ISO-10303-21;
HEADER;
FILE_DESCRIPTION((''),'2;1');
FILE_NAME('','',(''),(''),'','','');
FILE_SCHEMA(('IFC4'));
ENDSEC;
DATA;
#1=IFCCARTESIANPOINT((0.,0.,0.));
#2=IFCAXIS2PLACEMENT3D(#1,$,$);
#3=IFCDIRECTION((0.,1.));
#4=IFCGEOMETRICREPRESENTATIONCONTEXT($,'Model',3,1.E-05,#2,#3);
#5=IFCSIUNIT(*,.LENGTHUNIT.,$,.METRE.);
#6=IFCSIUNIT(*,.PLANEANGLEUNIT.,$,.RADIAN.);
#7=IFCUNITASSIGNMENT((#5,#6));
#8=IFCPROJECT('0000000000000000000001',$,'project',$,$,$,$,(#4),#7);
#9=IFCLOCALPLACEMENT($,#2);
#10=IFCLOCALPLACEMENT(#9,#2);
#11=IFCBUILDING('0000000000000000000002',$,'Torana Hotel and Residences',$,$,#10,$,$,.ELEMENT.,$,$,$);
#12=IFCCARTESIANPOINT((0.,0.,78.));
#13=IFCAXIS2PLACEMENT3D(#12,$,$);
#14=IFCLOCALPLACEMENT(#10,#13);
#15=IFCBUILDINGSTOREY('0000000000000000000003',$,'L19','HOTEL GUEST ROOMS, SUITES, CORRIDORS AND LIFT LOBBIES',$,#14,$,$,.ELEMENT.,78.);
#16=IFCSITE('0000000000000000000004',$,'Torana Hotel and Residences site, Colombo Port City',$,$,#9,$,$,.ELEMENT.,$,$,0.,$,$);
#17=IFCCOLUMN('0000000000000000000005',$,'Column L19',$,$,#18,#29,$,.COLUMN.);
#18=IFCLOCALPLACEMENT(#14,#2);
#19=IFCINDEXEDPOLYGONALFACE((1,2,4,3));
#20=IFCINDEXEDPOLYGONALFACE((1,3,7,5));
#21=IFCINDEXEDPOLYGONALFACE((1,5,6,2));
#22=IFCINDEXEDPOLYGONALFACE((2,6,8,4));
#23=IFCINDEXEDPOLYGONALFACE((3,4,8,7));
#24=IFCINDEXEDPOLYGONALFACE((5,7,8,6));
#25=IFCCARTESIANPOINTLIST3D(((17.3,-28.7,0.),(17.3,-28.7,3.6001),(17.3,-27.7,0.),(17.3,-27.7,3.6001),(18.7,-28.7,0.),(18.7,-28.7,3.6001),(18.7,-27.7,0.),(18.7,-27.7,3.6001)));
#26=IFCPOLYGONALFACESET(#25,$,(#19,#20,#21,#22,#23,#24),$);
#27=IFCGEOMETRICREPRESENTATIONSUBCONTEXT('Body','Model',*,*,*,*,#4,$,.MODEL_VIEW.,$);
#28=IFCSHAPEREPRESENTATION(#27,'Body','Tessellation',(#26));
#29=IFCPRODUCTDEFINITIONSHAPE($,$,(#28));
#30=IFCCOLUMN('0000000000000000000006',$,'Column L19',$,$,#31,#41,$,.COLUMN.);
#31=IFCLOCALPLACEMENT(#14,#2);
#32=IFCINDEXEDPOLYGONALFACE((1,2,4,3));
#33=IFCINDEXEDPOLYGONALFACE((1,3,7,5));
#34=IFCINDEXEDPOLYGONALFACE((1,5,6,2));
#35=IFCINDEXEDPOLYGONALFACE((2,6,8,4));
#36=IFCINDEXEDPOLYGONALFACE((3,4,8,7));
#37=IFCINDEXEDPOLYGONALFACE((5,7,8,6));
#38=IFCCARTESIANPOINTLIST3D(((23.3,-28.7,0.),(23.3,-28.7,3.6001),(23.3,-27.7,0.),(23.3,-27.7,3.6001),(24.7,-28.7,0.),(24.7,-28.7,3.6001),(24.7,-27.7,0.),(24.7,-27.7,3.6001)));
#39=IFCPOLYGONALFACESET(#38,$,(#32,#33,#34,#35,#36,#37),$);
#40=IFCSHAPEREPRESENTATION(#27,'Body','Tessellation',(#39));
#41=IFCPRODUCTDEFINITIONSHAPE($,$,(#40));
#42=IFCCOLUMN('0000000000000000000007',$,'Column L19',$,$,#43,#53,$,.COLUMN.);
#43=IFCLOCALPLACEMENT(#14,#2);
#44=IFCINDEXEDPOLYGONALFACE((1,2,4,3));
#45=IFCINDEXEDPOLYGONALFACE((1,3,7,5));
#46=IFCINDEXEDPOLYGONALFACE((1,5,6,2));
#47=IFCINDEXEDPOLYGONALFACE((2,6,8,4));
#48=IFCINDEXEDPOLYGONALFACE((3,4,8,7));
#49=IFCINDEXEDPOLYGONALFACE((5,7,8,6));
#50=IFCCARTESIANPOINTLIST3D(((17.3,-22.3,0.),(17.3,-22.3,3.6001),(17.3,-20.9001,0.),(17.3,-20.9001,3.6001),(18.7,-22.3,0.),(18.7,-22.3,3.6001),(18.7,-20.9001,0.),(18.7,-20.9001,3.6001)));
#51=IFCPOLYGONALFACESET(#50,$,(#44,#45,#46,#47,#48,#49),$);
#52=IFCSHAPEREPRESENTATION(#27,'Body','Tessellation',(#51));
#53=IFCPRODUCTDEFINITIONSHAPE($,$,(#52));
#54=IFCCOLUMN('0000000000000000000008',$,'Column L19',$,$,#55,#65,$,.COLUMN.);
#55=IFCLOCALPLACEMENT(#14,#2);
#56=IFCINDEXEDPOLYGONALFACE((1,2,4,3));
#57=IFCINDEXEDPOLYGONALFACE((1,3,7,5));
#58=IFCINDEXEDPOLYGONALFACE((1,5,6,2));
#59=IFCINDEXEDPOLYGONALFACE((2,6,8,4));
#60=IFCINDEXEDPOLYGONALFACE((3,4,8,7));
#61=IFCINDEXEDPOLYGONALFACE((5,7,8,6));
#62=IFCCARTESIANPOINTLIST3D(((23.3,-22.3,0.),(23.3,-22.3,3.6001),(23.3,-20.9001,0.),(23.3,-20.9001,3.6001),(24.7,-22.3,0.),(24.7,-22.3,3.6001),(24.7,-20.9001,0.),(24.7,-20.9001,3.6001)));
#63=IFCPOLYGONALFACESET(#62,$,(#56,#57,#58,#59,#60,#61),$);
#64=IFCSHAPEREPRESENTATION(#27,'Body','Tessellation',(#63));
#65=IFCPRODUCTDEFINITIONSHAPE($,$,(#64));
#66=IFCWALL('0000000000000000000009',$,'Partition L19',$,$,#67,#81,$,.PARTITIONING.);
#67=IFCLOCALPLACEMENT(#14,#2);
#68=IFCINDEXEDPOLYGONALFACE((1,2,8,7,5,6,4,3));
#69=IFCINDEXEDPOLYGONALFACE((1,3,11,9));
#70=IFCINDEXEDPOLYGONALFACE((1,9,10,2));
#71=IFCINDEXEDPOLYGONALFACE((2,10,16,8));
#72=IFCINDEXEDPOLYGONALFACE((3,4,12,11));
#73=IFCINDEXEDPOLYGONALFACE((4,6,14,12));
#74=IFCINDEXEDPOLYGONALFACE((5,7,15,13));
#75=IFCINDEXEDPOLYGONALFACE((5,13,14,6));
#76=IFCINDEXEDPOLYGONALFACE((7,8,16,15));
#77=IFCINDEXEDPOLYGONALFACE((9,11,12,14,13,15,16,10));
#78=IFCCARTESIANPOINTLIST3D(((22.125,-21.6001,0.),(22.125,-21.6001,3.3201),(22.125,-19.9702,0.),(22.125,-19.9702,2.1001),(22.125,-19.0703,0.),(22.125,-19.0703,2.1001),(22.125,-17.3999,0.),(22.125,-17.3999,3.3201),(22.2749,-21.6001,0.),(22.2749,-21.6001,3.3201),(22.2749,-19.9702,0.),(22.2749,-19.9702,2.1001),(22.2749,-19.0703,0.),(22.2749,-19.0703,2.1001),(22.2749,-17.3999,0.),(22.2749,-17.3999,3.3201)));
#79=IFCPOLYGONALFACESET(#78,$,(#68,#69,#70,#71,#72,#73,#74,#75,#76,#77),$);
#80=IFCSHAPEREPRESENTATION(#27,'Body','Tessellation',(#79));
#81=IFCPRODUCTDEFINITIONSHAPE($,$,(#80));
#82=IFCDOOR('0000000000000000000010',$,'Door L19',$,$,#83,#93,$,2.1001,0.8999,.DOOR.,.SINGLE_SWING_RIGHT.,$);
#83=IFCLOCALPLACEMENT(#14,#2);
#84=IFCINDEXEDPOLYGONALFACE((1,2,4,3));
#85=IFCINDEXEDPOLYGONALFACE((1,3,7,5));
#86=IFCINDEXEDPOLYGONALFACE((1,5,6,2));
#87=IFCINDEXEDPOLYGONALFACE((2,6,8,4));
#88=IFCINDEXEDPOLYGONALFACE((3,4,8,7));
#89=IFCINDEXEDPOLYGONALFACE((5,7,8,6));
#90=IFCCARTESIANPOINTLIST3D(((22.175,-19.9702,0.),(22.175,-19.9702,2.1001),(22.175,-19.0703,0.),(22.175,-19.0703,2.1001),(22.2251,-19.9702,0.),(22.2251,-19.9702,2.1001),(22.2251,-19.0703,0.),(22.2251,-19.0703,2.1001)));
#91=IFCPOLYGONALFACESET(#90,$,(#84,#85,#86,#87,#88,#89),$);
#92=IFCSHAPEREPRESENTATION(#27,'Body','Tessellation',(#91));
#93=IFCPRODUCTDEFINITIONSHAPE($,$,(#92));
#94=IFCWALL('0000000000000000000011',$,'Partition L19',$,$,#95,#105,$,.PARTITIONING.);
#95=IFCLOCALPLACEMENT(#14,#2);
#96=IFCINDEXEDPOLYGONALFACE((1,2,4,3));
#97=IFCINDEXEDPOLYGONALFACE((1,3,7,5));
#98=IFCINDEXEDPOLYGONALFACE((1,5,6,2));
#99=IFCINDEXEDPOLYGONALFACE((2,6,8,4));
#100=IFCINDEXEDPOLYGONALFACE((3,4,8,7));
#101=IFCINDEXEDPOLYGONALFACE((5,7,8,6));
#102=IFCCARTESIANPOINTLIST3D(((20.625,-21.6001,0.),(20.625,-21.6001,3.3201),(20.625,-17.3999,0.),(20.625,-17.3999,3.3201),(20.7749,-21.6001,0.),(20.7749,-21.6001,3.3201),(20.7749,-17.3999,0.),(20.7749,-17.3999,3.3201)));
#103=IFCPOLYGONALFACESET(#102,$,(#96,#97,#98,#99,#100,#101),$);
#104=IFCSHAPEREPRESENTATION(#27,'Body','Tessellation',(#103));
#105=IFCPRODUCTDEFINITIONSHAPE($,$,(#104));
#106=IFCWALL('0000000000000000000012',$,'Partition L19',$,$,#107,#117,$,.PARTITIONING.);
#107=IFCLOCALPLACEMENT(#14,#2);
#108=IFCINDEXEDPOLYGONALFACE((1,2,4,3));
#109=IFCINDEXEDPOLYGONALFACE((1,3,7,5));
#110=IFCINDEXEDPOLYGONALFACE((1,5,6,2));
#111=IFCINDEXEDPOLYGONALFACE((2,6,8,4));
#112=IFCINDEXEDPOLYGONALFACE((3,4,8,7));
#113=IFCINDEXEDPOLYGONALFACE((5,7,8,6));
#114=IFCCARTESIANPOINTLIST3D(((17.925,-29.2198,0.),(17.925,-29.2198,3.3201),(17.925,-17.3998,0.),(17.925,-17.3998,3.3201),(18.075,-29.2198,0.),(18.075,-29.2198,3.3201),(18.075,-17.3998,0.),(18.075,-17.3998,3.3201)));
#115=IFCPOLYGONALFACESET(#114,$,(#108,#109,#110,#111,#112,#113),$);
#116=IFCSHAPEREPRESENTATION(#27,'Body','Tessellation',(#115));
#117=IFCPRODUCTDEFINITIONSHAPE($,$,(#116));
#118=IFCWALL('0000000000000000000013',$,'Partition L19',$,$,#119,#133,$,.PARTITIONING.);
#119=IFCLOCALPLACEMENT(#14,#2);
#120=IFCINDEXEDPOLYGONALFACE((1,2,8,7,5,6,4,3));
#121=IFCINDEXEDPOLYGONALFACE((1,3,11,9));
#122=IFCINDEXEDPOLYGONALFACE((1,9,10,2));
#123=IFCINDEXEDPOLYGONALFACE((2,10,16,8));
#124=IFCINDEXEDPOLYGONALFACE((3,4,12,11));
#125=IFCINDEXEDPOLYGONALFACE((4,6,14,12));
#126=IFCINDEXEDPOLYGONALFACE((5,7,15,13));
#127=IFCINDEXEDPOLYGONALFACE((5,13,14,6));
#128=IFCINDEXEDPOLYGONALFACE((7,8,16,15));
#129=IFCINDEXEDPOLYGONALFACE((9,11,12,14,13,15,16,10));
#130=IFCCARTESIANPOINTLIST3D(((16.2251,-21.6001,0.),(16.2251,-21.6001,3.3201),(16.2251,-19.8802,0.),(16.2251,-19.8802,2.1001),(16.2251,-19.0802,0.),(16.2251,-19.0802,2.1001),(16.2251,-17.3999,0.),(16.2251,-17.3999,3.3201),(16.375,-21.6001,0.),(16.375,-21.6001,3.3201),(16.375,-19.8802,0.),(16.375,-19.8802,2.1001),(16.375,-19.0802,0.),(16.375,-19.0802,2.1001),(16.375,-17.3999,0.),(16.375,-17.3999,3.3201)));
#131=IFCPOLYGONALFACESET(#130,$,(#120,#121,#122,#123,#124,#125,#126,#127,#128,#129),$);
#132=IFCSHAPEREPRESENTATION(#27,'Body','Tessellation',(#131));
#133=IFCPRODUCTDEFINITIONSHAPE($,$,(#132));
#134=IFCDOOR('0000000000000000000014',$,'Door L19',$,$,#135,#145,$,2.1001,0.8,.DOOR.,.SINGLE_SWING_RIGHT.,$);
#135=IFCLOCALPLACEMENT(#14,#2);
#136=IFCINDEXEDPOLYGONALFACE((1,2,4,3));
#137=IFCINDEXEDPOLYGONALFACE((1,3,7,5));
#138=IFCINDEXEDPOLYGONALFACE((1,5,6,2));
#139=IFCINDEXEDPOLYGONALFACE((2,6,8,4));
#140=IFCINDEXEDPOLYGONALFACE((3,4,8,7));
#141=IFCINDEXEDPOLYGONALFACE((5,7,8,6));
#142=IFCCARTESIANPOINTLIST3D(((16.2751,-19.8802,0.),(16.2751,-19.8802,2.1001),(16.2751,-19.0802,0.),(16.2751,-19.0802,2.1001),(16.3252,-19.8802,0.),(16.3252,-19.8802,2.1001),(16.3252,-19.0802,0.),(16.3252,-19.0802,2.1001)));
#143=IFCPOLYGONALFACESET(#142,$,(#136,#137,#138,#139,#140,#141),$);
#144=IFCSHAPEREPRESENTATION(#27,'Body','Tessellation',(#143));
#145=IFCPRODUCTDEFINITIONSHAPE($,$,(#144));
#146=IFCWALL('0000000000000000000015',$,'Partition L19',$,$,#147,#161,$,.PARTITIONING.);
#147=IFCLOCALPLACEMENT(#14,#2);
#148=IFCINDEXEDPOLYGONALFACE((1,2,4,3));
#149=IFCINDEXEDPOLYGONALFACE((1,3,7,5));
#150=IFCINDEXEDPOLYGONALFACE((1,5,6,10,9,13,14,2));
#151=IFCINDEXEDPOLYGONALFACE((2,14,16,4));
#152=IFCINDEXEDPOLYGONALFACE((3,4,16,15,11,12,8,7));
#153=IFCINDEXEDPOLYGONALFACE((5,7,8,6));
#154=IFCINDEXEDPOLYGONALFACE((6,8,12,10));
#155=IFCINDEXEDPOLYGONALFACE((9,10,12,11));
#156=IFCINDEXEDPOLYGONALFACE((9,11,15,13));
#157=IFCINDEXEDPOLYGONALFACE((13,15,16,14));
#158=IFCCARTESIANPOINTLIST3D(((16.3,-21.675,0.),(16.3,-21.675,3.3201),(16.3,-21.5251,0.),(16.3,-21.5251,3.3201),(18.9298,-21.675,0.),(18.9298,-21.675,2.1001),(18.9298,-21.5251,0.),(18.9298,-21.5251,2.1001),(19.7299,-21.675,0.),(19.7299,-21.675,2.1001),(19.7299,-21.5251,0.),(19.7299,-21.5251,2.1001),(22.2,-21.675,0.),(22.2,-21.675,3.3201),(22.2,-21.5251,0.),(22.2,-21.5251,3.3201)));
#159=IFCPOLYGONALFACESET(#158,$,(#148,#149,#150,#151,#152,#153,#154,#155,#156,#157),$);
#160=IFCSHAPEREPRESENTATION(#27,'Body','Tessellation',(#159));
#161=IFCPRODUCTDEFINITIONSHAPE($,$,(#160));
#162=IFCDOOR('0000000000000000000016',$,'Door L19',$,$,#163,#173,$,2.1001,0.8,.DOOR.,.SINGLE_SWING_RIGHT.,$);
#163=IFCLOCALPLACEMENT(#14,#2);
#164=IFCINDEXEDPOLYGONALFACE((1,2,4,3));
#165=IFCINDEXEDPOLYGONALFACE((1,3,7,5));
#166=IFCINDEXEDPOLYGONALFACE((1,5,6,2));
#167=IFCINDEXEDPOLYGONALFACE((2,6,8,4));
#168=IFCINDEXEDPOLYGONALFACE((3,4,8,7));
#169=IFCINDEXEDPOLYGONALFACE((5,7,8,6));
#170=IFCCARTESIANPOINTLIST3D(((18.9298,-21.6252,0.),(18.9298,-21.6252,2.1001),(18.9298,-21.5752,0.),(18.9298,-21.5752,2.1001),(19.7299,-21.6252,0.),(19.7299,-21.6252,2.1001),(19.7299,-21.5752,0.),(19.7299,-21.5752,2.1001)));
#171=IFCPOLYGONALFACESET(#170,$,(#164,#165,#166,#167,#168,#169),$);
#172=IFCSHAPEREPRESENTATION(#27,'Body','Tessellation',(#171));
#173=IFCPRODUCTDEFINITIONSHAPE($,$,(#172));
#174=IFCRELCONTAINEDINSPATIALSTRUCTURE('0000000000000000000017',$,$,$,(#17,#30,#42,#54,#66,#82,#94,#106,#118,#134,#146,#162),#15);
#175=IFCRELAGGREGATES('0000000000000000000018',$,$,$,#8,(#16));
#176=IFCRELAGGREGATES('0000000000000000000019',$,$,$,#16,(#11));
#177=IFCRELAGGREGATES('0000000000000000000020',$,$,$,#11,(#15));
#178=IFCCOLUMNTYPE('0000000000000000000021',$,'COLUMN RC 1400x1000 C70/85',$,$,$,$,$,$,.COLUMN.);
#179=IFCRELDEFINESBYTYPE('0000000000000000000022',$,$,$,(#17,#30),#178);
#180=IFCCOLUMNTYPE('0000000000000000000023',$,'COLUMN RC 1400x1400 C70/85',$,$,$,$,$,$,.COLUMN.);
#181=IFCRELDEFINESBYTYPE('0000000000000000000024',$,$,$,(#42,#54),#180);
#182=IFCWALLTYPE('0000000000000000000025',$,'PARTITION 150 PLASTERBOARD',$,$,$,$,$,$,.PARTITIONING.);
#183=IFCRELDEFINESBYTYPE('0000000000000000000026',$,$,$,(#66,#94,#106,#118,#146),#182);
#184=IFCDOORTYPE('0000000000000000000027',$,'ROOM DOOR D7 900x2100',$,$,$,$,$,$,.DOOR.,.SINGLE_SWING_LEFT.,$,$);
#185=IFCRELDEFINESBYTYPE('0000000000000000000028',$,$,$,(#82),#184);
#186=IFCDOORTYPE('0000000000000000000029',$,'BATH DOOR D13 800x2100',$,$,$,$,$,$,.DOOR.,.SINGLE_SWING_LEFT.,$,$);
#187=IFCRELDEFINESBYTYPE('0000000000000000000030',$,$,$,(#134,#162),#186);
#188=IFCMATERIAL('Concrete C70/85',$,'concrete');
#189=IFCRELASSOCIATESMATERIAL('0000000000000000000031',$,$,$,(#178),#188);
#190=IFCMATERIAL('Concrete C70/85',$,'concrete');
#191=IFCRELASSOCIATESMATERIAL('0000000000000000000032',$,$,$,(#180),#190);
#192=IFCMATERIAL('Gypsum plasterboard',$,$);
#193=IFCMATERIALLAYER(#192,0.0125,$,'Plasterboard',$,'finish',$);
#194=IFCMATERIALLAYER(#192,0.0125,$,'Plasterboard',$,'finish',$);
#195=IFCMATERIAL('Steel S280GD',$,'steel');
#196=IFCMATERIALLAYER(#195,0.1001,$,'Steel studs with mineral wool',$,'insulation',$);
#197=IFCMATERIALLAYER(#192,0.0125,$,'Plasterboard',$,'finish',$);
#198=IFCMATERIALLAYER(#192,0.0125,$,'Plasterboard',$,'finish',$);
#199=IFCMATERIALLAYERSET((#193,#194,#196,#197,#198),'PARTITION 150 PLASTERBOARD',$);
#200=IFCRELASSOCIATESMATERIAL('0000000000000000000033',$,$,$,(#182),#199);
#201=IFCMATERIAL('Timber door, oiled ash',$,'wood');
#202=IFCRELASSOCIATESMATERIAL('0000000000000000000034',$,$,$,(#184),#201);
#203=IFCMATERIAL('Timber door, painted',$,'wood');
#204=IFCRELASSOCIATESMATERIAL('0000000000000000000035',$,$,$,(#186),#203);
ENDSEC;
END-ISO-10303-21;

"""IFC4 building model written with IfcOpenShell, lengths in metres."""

from ifc_helpers import new_model, si_unit, direction, frame, frame_2d, origin, origin_2d, place, context, subcontext, project, spatial, rectangle, extrude, material, layer, layer_set, material_profile, profile_set, type_object, element, fill, save


model = new_model("IFC4")

# Units and contexts
model_context = context("Model", 3, precision=1e-05, world=origin(), true_north=direction((0.0, 1.0)))
body_context = subcontext(model_context, "Body", "Model", "MODEL_VIEW")
ifc_project = project(units=[si_unit("LENGTHUNIT", "METRE"), si_unit("PLANEANGLEUNIT", "RADIAN")], contexts=[model_context])

# Site, building, storey
site_placement = place(None, origin())
site = spatial("IfcSite", under=ifc_project, at=site_placement, Name="Torana Hotel and Residences site, Colombo Port City", CompositionType="ELEMENT", RefElevation=0.0)
building_placement = place(site_placement, origin())
building = spatial("IfcBuilding", under=site, at=building_placement, Name="Torana Hotel and Residences", CompositionType="ELEMENT")
storey_placement = place(building_placement, frame((0.0, 0.0, 78.0)))
storey = spatial("IfcBuildingStorey", under=building, at=storey_placement, Name="L19", Description="HOTEL GUEST ROOMS, SUITES, CORRIDORS AND LIFT LOBBIES", CompositionType="ELEMENT", Elevation=78.0)

# Columns
ifc_material_1 = material(Name="Concrete C70/85", Category="concrete")
ifc_material_profile_1 = material_profile(ifc_material_1, rectangle(XDim=1.3999, YDim=1.0, at=origin_2d()), Name="RC 1400x1000")
ifc_profile_set_1 = profile_set([ifc_material_profile_1], Name="Concrete C70/85")
column_type_1 = type_object("IfcColumnType", Name="COLUMN RC 1400x1000 C70/85", PredefinedType="COLUMN", material=ifc_profile_set_1)
for number, where, z_axis, x_axis, name in (
    (1, (18.0, -28.2, 0.0), (0.0, 0.0, 1.0), (1.0, 0.0, 0.0), "Column L19"),
    (2, (24.0, -28.2, 0.0), (0.0, 0.0, 1.0), (1.0, 0.0, 0.0), "Column L19"),
):
    element("IfcColumn", number, at=place(storey_placement, frame(where, z_axis=z_axis, x_axis=x_axis)), inside=storey, type_object=column_type_1, Name=name, PredefinedType="COLUMN", context=body_context, shape_type="SweptSolid", body=[
        extrude(rectangle(XDim=1.3999, YDim=1.0, at=origin_2d()), origin(), (0.0, 0.0, 1.0), 3.6001),
    ])
ifc_material_2 = material(Name="Concrete C70/85", Category="concrete")
ifc_material_profile_2 = material_profile(ifc_material_2, rectangle(XDim=1.3999, YDim=1.3999, at=origin_2d()), Name="RC 1400x1400")
ifc_profile_set_2 = profile_set([ifc_material_profile_2], Name="Concrete C70/85")
column_type_2 = type_object("IfcColumnType", Name="COLUMN RC 1400x1400 C70/85", PredefinedType="COLUMN", material=ifc_profile_set_2)
for number, where, z_axis, x_axis, name in (
    (3, (18.0, -21.6001, 0.0), (0.0, 0.0, 1.0), (1.0, 0.0, 0.0), "Column L19"),
    (4, (24.0, -21.6001, 0.0), (0.0, 0.0, 1.0), (1.0, 0.0, 0.0), "Column L19"),
):
    element("IfcColumn", number, at=place(storey_placement, frame(where, z_axis=z_axis, x_axis=x_axis)), inside=storey, type_object=column_type_2, Name=name, PredefinedType="COLUMN", context=body_context, shape_type="SweptSolid", body=[
        extrude(rectangle(XDim=1.3999, YDim=1.3999, at=origin_2d()), origin(), (0.0, 0.0, 1.0), 3.6001),
    ])

# Wall, opening, door
ifc_material_3 = material(Name="Gypsum plasterboard")
ifc_layer_1 = layer(ifc_material_3, 0.0125, Name="Plasterboard", Category="finish")
ifc_layer_2 = layer(ifc_material_3, 0.0125, Name="Plasterboard", Category="finish")
ifc_material_4 = material(Name="Steel S280GD", Category="steel")
ifc_layer_3 = layer(ifc_material_4, 0.1001, Name="Steel studs with mineral wool", Category="insulation")
ifc_layer_4 = layer(ifc_material_3, 0.0125, Name="Plasterboard", Category="finish")
ifc_layer_5 = layer(ifc_material_3, 0.0125, Name="Plasterboard", Category="finish")
ifc_layer_set_1 = layer_set([ifc_layer_1, ifc_layer_2, ifc_layer_3, ifc_layer_4, ifc_layer_5], Name="PARTITION 150 PLASTERBOARD")
wall_type_1 = type_object("IfcWallType", Name="PARTITION 150 PLASTERBOARD", PredefinedType="PARTITIONING", material=ifc_layer_set_1)
wall_1_placement = place(storey_placement, frame((22.2, -21.6001, 0.0), z_axis=(0.0, 0.0, 1.0), x_axis=(0.0, 1.0, 0.0)))
wall_1 = element("IfcWall", 5, at=wall_1_placement, inside=storey, type_object=wall_type_1, Name="Partition L19", PredefinedType="PARTITIONING", context=body_context, shape_type="SweptSolid", body=[
    extrude(rectangle(XDim=4.2002, YDim=0.1499, at=frame_2d((2.1001, 0.0))), origin(), (0.0, 0.0, 1.0), 3.3201),
])
opening_1_placement = place(wall_1_placement, frame((1.6299, 0.0, 0.0)))
opening_1 = element("IfcOpeningElement", 6, at=opening_1_placement, cuts=wall_1, PredefinedType="OPENING", context=body_context, shape_type="SweptSolid", body=[
    extrude(rectangle(XDim=0.8999, YDim=2.1001, at=frame_2d((0.45, 1.05))), frame((0.0, 0.085, 0.0), z_axis=(0.0, -1.0, 0.0), x_axis=(1.0, 0.0, 0.0)), (0.0, 0.0, 1.0), 0.1699),
])
ifc_material_5 = material(Name="Timber door, oiled ash", Category="wood")
door_type_1 = type_object("IfcDoorType", Name="ROOM DOOR D7 900x2100", OperationType="SINGLE_SWING_LEFT", PredefinedType="DOOR", material=ifc_material_5)
door_1_placement = place(opening_1_placement, origin())
door_1 = element("IfcDoor", 7, at=door_1_placement, inside=storey, type_object=door_type_1, Name="Door L19", OperationType="SINGLE_SWING_RIGHT", OverallHeight=2.1001, OverallWidth=0.8999, PredefinedType="DOOR", context=body_context, shape_type="SweptSolid", body=[
    extrude(rectangle(XDim=0.8999, YDim=2.1001, at=frame_2d((0.45, 1.05))), frame((0.0, 0.0249, 0.0), z_axis=(0.0, -1.0, 0.0), x_axis=(1.0, 0.0, 0.0)), (0.0, 0.0, 1.0), 0.05),
])
fill(opening_1, door_1)

# Walls
wall_2_placement = place(storey_placement, frame((20.7, -21.6001, 0.0), z_axis=(0.0, 0.0, 1.0), x_axis=(0.0, 1.0, 0.0)))
element("IfcWall", 8, at=wall_2_placement, inside=storey, type_object=wall_type_1, Name="Partition L19", PredefinedType="PARTITIONING", context=body_context, shape_type="SweptSolid", body=[
    extrude(rectangle(XDim=4.2002, YDim=0.1499, at=frame_2d((2.1001, 0.0))), origin(), (0.0, 0.0, 1.0), 3.3201),
])
wall_3_placement = place(storey_placement, frame((18.0, -29.22, 0.0), z_axis=(0.0, 0.0, 1.0), x_axis=(0.0, 1.0, 0.0)))
element("IfcWall", 9, at=wall_3_placement, inside=storey, type_object=wall_type_1, Name="Partition L19", PredefinedType="PARTITIONING", context=body_context, shape_type="SweptSolid", body=[
    extrude(rectangle(XDim=11.8201, YDim=0.1499, at=frame_2d((5.9102, 0.0))), origin(), (0.0, 0.0, 1.0), 3.3201),
])

# Walls, openings, doors
wall_4_placement = place(storey_placement, frame((16.3, -21.6001, 0.0), z_axis=(0.0, 0.0, 1.0), x_axis=(0.0, 1.0, 0.0)))
wall_4 = element("IfcWall", 10, at=wall_4_placement, inside=storey, type_object=wall_type_1, Name="Partition L19", PredefinedType="PARTITIONING", context=body_context, shape_type="SweptSolid", body=[
    extrude(rectangle(XDim=4.2002, YDim=0.1499, at=frame_2d((2.1001, 0.0))), origin(), (0.0, 0.0, 1.0), 3.3201),
])
opening_2_placement = place(wall_4_placement, frame((1.72, 0.0, 0.0)))
opening_2 = element("IfcOpeningElement", 11, at=opening_2_placement, cuts=wall_4, PredefinedType="OPENING", context=body_context, shape_type="SweptSolid", body=[
    extrude(rectangle(XDim=0.8, YDim=2.1001, at=frame_2d((0.3999, 1.05))), frame((0.0, 0.085, 0.0), z_axis=(0.0, -1.0, 0.0), x_axis=(1.0, 0.0, 0.0)), (0.0, 0.0, 1.0), 0.1699),
])
ifc_material_6 = material(Name="Timber door, painted", Category="wood")
door_type_2 = type_object("IfcDoorType", Name="BATH DOOR D13 800x2100", OperationType="SINGLE_SWING_LEFT", PredefinedType="DOOR", material=ifc_material_6)
door_2_placement = place(opening_2_placement, origin())
door_2 = element("IfcDoor", 12, at=door_2_placement, inside=storey, type_object=door_type_2, Name="Door L19", OperationType="SINGLE_SWING_RIGHT", OverallHeight=2.1001, OverallWidth=0.8, PredefinedType="DOOR", context=body_context, shape_type="SweptSolid", body=[
    extrude(rectangle(XDim=0.8, YDim=2.1001, at=frame_2d((0.3999, 1.05))), frame((0.0, 0.0249, 0.0), z_axis=(0.0, -1.0, 0.0), x_axis=(1.0, 0.0, 0.0)), (0.0, 0.0, 1.0), 0.05),
])
fill(opening_2, door_2)
wall_5_placement = place(storey_placement, frame((16.3, -21.6001, 0.0), z_axis=(0.0, 0.0, 1.0), x_axis=(1.0, 0.0, 0.0)))
wall_5 = element("IfcWall", 13, at=wall_5_placement, inside=storey, type_object=wall_type_1, Name="Partition L19", PredefinedType="PARTITIONING", context=body_context, shape_type="SweptSolid", body=[
    extrude(rectangle(XDim=5.8999, YDim=0.1499, at=frame_2d((2.95, 0.0))), origin(), (0.0, 0.0, 1.0), 3.3201),
])
opening_3_placement = place(wall_5_placement, frame((2.6299, 0.0, 0.0)))
opening_3 = element("IfcOpeningElement", 14, at=opening_3_placement, cuts=wall_5, PredefinedType="OPENING", context=body_context, shape_type="SweptSolid", body=[
    extrude(rectangle(XDim=0.8, YDim=2.1001, at=frame_2d((0.3999, 1.05))), frame((0.0, 0.085, 0.0), z_axis=(0.0, -1.0, 0.0), x_axis=(1.0, 0.0, 0.0)), (0.0, 0.0, 1.0), 0.1699),
])
door_3_placement = place(opening_3_placement, origin())
door_3 = element("IfcDoor", 15, at=door_3_placement, inside=storey, type_object=door_type_2, Name="Door L19", OperationType="SINGLE_SWING_RIGHT", OverallHeight=2.1001, OverallWidth=0.8, PredefinedType="DOOR", context=body_context, shape_type="SweptSolid", body=[
    extrude(rectangle(XDim=0.8, YDim=2.1001, at=frame_2d((0.3999, 1.05))), frame((0.0, 0.0249, 0.0), z_axis=(0.0, -1.0, 0.0), x_axis=(1.0, 0.0, 0.0)), (0.0, 0.0, 1.0), 0.05),
])
fill(opening_3, door_3)

save(model, "model.ifc")
